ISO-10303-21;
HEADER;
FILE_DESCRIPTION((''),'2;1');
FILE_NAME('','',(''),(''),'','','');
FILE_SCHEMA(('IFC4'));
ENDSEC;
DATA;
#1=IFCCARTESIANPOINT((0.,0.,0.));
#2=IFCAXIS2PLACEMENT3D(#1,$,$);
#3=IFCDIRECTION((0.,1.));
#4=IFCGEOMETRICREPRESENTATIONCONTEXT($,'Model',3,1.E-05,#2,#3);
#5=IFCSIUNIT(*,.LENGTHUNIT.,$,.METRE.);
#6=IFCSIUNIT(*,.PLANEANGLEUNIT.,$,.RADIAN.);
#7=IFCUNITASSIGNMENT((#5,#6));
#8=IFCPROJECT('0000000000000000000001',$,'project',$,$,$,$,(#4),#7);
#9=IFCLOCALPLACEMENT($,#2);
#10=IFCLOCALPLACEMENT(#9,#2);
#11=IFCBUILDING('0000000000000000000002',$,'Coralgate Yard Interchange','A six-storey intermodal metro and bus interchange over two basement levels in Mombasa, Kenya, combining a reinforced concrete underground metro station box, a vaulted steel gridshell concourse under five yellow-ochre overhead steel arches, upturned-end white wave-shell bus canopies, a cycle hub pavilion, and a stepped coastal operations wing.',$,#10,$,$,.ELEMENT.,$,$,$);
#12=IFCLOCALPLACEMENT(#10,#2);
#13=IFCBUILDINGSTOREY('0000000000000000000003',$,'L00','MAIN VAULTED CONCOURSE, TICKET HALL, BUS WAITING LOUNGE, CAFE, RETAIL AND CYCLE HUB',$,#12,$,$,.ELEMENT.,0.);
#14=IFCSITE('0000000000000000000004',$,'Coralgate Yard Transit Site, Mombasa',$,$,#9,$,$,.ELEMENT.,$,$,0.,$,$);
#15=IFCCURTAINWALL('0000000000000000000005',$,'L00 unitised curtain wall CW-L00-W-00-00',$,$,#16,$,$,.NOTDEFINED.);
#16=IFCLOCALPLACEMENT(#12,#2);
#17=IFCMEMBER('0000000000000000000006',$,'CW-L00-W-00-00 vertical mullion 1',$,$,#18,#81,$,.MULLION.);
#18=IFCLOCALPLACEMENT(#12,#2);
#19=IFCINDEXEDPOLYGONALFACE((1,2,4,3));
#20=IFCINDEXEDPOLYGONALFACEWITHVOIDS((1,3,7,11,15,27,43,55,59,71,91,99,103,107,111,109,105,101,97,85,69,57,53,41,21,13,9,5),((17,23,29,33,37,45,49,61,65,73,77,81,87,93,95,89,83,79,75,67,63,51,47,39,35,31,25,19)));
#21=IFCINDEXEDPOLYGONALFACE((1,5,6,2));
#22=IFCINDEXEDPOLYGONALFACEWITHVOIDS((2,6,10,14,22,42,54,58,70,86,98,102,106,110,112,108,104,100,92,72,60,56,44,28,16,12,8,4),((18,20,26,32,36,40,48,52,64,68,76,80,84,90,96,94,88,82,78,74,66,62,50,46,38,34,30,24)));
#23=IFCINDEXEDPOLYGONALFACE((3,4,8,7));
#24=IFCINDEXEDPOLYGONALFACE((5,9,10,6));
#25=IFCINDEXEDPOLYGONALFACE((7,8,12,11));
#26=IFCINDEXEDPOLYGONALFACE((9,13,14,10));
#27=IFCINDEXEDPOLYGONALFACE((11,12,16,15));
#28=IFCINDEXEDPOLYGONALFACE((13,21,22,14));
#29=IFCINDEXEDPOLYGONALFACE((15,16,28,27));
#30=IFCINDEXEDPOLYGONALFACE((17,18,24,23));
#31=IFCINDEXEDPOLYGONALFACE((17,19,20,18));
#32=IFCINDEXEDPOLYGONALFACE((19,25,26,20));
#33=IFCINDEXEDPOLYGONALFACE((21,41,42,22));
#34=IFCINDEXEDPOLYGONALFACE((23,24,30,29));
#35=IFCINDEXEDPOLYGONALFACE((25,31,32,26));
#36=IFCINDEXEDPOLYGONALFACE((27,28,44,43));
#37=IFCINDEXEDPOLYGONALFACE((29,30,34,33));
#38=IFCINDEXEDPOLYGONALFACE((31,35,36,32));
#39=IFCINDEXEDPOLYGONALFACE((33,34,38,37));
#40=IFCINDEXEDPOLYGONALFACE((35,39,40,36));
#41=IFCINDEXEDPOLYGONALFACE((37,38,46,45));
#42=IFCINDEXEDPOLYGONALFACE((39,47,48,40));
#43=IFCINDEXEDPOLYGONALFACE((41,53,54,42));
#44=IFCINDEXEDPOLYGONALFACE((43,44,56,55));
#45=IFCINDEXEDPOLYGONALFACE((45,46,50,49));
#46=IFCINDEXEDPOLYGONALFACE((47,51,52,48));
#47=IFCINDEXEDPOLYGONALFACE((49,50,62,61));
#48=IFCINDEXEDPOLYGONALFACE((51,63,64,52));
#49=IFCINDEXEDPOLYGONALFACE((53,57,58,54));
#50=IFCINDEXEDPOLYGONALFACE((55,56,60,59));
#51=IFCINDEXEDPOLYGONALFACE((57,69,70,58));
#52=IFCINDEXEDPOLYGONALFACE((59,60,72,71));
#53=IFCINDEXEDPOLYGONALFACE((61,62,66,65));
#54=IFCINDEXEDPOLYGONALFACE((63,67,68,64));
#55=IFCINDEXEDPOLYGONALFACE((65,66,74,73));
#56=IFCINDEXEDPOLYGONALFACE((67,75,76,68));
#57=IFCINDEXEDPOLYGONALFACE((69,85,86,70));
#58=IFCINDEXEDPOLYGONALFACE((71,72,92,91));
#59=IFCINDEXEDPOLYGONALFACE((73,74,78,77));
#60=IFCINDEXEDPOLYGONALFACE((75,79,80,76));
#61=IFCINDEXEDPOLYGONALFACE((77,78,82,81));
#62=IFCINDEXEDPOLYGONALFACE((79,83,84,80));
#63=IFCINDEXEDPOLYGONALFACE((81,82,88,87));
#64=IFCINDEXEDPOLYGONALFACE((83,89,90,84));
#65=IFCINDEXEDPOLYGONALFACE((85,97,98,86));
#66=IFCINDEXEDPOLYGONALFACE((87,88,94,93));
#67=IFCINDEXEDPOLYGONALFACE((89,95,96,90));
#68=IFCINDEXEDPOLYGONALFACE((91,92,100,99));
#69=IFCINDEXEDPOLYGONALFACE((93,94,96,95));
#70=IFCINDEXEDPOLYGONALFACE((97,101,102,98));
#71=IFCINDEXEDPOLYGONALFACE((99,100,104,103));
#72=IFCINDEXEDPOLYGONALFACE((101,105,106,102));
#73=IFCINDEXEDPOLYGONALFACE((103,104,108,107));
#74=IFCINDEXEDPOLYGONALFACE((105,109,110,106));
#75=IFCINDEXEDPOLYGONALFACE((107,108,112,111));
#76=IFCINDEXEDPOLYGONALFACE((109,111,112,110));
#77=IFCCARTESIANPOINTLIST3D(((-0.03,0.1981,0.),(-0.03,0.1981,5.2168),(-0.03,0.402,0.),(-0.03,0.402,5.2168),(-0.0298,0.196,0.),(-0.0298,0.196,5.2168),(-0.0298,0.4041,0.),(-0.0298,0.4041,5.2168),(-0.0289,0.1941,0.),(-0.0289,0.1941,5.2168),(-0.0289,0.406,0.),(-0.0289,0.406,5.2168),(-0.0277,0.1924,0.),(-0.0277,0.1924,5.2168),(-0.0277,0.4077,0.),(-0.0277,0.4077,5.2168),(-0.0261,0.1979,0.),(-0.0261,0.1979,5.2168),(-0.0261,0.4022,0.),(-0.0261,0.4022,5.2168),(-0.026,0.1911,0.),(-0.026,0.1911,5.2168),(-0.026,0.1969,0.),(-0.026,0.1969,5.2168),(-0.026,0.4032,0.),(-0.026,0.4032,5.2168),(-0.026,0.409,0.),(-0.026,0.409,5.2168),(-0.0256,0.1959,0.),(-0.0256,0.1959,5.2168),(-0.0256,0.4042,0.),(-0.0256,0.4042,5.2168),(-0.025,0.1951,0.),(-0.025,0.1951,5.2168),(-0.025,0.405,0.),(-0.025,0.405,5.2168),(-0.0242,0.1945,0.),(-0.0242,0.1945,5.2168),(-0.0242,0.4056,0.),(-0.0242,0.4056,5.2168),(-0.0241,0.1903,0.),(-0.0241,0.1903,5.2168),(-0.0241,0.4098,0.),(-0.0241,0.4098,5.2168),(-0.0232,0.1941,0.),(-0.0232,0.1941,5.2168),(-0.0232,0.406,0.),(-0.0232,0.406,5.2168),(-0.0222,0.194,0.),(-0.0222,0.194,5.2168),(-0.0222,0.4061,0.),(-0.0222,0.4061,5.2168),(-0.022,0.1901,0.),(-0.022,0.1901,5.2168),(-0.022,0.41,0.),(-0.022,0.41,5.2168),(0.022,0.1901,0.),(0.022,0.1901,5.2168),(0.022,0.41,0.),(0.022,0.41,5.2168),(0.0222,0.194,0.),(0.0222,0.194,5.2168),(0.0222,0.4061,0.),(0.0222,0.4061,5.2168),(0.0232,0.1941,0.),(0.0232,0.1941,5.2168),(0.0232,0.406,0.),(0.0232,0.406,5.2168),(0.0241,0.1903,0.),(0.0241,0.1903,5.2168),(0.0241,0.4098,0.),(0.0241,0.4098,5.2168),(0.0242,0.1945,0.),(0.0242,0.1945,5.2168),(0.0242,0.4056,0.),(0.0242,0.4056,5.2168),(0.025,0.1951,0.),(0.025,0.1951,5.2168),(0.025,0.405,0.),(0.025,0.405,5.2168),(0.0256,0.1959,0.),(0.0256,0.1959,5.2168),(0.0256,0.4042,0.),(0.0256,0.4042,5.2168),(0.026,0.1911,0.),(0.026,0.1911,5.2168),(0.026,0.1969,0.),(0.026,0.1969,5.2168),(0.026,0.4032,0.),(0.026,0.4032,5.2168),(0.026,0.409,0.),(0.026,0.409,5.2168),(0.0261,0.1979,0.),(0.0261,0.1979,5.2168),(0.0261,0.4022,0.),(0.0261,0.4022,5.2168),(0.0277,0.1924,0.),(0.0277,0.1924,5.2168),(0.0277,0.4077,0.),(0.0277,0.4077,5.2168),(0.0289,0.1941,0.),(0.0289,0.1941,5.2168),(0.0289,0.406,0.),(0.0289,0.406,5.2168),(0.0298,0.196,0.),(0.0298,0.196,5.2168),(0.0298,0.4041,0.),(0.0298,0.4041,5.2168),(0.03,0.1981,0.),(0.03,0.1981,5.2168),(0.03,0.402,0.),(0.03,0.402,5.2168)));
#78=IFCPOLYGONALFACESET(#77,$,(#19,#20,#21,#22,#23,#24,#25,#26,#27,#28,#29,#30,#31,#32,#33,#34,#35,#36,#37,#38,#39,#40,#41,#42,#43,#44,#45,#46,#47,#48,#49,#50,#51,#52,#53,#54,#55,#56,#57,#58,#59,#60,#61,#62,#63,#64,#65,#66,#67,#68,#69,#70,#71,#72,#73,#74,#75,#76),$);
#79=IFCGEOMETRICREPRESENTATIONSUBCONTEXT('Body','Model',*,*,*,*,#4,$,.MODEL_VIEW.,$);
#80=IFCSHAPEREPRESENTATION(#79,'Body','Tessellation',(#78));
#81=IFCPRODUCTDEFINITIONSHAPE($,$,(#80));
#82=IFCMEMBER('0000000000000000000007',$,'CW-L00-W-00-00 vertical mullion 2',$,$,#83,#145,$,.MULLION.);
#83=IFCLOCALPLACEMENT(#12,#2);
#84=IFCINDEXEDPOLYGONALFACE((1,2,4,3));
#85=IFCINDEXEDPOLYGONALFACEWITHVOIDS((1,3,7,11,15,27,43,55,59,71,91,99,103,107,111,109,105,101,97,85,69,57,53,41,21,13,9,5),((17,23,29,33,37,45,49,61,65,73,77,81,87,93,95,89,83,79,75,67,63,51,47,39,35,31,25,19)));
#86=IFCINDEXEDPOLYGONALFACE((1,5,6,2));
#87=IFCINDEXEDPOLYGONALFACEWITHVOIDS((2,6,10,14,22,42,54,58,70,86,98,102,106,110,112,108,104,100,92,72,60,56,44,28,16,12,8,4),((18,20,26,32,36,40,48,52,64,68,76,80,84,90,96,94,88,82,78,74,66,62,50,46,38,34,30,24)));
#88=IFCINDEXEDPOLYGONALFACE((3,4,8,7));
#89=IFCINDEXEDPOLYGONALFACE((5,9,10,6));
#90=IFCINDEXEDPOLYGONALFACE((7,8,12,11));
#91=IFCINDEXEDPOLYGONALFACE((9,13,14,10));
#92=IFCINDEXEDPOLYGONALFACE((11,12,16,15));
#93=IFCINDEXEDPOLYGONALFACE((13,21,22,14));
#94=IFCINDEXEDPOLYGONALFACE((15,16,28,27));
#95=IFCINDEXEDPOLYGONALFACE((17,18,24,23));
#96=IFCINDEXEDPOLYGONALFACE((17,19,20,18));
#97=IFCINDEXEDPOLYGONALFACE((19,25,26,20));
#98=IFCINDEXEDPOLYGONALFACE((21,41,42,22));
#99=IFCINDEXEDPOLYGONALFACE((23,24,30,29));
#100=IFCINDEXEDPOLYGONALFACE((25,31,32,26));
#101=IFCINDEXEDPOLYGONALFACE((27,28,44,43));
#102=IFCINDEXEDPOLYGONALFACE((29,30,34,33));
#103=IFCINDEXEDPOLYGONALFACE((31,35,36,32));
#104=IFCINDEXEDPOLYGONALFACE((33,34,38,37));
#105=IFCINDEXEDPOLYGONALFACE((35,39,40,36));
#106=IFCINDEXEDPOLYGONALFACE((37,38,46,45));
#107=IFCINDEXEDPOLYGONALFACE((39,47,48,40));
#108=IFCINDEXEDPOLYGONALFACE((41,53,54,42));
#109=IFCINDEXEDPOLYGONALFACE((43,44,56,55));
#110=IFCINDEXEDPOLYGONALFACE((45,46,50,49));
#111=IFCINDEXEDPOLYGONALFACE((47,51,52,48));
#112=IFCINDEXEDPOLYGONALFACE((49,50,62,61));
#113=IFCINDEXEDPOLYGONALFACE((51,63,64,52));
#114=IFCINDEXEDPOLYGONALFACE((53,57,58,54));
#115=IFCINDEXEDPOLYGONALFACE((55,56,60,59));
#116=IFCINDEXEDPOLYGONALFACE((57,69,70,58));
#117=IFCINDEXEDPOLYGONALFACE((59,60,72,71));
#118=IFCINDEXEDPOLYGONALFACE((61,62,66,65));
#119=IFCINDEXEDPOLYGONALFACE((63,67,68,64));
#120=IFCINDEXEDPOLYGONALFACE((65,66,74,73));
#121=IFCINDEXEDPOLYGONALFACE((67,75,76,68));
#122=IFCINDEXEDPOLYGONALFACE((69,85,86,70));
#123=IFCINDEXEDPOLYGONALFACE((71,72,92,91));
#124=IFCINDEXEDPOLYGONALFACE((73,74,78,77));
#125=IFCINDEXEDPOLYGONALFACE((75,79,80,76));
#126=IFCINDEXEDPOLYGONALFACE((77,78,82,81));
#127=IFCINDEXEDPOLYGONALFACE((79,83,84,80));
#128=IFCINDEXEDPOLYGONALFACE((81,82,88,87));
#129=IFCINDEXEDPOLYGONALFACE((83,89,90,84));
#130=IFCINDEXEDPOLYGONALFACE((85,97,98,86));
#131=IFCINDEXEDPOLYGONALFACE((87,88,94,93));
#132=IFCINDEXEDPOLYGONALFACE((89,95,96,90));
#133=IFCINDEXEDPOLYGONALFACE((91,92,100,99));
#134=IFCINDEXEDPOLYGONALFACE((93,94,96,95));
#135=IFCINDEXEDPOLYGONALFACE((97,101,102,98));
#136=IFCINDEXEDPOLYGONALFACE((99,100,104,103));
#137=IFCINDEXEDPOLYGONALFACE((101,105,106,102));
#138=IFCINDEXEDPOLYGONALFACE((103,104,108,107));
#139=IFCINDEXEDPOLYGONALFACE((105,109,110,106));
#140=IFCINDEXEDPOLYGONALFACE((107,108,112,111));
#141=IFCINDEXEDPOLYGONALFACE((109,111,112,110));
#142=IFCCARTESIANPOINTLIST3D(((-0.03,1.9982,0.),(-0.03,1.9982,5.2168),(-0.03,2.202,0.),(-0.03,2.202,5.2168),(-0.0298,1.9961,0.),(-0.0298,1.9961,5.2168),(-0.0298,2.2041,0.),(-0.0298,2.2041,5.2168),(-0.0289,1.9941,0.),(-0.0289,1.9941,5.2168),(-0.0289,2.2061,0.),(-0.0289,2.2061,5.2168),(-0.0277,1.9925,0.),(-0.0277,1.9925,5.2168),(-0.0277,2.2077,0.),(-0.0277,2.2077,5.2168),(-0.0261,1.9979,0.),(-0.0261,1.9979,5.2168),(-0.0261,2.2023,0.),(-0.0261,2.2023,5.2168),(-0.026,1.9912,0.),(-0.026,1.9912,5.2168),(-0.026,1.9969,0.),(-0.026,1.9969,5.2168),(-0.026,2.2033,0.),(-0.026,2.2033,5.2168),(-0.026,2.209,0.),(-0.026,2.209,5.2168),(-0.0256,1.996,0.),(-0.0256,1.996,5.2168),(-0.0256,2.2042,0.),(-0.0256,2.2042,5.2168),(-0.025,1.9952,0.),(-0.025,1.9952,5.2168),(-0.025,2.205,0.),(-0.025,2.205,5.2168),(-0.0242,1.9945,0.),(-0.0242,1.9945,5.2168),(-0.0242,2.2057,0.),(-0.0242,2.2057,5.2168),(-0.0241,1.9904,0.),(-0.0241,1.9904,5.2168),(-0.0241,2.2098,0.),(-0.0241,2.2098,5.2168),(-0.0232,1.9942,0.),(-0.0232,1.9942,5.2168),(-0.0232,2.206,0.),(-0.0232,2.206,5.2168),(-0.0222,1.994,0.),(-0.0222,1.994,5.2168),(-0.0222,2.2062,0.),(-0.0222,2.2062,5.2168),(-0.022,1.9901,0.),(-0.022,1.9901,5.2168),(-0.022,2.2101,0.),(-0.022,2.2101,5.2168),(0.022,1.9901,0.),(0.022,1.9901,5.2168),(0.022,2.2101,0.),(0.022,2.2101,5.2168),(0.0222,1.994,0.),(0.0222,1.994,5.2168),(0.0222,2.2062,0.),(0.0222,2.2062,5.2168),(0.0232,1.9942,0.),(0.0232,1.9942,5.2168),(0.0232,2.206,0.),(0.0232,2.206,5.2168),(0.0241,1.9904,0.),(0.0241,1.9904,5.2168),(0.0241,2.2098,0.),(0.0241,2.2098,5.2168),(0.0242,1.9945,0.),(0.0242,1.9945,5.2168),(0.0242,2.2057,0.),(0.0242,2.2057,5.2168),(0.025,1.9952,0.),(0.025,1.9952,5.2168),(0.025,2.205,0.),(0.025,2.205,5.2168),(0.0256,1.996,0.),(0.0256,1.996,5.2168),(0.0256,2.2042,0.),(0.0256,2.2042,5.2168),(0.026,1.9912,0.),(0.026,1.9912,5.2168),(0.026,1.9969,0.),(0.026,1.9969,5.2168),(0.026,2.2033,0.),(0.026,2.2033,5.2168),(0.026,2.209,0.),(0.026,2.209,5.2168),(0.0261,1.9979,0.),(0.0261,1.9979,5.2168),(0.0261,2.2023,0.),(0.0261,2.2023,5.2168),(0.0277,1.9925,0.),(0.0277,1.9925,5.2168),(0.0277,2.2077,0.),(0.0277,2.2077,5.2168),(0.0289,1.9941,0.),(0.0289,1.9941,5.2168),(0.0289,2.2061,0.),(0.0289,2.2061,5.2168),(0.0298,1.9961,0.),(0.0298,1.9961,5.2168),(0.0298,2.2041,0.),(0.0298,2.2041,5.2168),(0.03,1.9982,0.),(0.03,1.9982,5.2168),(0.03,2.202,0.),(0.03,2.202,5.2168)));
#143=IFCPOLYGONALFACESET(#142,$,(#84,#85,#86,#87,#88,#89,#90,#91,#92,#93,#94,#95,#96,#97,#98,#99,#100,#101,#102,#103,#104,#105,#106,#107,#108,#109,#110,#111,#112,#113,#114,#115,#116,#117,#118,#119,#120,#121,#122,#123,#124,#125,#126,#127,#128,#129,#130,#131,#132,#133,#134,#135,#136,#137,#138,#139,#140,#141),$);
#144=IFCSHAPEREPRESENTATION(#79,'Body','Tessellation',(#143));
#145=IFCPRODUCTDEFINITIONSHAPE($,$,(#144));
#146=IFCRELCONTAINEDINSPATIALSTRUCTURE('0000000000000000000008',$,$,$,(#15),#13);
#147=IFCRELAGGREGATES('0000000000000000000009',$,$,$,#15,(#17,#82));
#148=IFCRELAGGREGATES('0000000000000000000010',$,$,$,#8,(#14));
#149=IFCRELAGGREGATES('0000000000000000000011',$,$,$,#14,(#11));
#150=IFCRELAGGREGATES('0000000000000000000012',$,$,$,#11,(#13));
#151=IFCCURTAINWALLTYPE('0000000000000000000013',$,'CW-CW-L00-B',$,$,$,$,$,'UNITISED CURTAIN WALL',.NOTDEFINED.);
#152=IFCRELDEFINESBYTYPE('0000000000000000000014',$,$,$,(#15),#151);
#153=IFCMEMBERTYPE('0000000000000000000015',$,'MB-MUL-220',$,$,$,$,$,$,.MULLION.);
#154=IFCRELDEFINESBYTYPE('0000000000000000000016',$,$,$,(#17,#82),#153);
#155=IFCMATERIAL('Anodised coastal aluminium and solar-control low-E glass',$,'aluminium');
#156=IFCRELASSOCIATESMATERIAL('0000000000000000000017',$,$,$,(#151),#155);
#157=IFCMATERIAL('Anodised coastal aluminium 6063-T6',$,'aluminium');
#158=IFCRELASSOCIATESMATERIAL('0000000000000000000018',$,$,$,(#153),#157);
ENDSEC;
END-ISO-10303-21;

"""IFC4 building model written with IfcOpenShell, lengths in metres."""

from ifc_helpers import new_model, si_unit, direction, frame, origin, origin_2d, place, context, subcontext, project, spatial, hollow_rectangle, extrude, material, material_profile, profile_set, type_object, element, aggregate, save


model = new_model("IFC4")

# Units and contexts
model_context = context("Model", 3, precision=1e-05, world=origin(), true_north=direction((0.0, 1.0)))
body_context = subcontext(model_context, "Body", "Model", "MODEL_VIEW")
ifc_project = project(units=[si_unit("LENGTHUNIT", "METRE"), si_unit("PLANEANGLEUNIT", "RADIAN")], contexts=[model_context])

# Site, building, storey
site_placement = place(None, origin())
site = spatial("IfcSite", under=ifc_project, at=site_placement, Name="Coralgate Yard Transit Site, Mombasa", CompositionType="ELEMENT", RefElevation=0.0)
building_placement = place(site_placement, origin())
building = spatial("IfcBuilding", under=site, at=building_placement, Name="Coralgate Yard Interchange", Description="A six-storey intermodal metro and bus interchange over two basement levels in Mombasa, Kenya, combining a reinforced concrete underground metro station box, a vaulted steel gridshell concourse under five yellow-ochre overhead steel arches, upturned-end white wave-shell bus canopies, a cycle hub pavilion, and a stepped coastal operations wing.", CompositionType="ELEMENT")
storey_placement = place(building_placement, origin())
storey = spatial("IfcBuildingStorey", under=building, at=storey_placement, Name="L00", Description="MAIN VAULTED CONCOURSE, TICKET HALL, BUS WAITING LOUNGE, CAFE, RETAIL AND CYCLE HUB", CompositionType="ELEMENT", Elevation=0.0)

# Curtain wall, members
ifc_material_1 = material(Name="Anodised coastal aluminium and solar-control low-E glass", Category="aluminium")
curtain_wall_type = type_object("IfcCurtainWallType", Name="CW-CW-L00-B", ElementType="UNITISED CURTAIN WALL", PredefinedType="NOTDEFINED", material=ifc_material_1)
curtain_wall_placement = place(storey_placement, origin())
curtain_wall = element("IfcCurtainWall", 1, at=curtain_wall_placement, inside=storey, type_object=curtain_wall_type, Name="L00 unitised curtain wall CW-L00-W-00-00", PredefinedType="NOTDEFINED")
ifc_material_2 = material(Name="Anodised coastal aluminium 6063-T6", Category="aluminium")
ifc_material_profile_1 = material_profile(ifc_material_2, hollow_rectangle(XDim=0.0601, YDim=0.22, WallThickness=0.0039, InnerFilletRadius=0.0039, OuterFilletRadius=0.0081, at=origin_2d()), Name="ALU 60x220x4")
ifc_profile_set_1 = profile_set([ifc_material_profile_1], Name="Anodised coastal aluminium 6063-T6")
member_type_1 = type_object("IfcMemberType", Name="MB-MUL-220", PredefinedType="MULLION", material=ifc_profile_set_1)
member_1_placement = place(storey_placement, frame((0.0, 0.3, 0.0), z_axis=(0.0, 0.0, 1.0), x_axis=(1.0, 0.0, 0.0)))
member_1 = element("IfcMember", 2, at=member_1_placement, type_object=member_type_1, Name="CW-L00-W-00-00 vertical mullion 1", PredefinedType="MULLION", context=body_context, shape_type="SweptSolid", body=[
    extrude(hollow_rectangle(XDim=0.0601, YDim=0.22, WallThickness=0.0039, InnerFilletRadius=0.0039, OuterFilletRadius=0.0081, at=origin_2d()), origin(), (0.0, 0.0, 1.0), 5.2168),
])
member_2_placement = place(storey_placement, frame((0.0, 2.1001, 0.0), z_axis=(0.0, 0.0, 1.0), x_axis=(1.0, 0.0, 0.0)))
member_2 = element("IfcMember", 3, at=member_2_placement, type_object=member_type_1, Name="CW-L00-W-00-00 vertical mullion 2", PredefinedType="MULLION", context=body_context, shape_type="SweptSolid", body=[
    extrude(hollow_rectangle(XDim=0.0601, YDim=0.22, WallThickness=0.0039, InnerFilletRadius=0.0039, OuterFilletRadius=0.0081, at=origin_2d()), origin(), (0.0, 0.0, 1.0), 5.2168),
])
aggregate(curtain_wall, [member_1, member_2])

save(model, "model.ifc")
